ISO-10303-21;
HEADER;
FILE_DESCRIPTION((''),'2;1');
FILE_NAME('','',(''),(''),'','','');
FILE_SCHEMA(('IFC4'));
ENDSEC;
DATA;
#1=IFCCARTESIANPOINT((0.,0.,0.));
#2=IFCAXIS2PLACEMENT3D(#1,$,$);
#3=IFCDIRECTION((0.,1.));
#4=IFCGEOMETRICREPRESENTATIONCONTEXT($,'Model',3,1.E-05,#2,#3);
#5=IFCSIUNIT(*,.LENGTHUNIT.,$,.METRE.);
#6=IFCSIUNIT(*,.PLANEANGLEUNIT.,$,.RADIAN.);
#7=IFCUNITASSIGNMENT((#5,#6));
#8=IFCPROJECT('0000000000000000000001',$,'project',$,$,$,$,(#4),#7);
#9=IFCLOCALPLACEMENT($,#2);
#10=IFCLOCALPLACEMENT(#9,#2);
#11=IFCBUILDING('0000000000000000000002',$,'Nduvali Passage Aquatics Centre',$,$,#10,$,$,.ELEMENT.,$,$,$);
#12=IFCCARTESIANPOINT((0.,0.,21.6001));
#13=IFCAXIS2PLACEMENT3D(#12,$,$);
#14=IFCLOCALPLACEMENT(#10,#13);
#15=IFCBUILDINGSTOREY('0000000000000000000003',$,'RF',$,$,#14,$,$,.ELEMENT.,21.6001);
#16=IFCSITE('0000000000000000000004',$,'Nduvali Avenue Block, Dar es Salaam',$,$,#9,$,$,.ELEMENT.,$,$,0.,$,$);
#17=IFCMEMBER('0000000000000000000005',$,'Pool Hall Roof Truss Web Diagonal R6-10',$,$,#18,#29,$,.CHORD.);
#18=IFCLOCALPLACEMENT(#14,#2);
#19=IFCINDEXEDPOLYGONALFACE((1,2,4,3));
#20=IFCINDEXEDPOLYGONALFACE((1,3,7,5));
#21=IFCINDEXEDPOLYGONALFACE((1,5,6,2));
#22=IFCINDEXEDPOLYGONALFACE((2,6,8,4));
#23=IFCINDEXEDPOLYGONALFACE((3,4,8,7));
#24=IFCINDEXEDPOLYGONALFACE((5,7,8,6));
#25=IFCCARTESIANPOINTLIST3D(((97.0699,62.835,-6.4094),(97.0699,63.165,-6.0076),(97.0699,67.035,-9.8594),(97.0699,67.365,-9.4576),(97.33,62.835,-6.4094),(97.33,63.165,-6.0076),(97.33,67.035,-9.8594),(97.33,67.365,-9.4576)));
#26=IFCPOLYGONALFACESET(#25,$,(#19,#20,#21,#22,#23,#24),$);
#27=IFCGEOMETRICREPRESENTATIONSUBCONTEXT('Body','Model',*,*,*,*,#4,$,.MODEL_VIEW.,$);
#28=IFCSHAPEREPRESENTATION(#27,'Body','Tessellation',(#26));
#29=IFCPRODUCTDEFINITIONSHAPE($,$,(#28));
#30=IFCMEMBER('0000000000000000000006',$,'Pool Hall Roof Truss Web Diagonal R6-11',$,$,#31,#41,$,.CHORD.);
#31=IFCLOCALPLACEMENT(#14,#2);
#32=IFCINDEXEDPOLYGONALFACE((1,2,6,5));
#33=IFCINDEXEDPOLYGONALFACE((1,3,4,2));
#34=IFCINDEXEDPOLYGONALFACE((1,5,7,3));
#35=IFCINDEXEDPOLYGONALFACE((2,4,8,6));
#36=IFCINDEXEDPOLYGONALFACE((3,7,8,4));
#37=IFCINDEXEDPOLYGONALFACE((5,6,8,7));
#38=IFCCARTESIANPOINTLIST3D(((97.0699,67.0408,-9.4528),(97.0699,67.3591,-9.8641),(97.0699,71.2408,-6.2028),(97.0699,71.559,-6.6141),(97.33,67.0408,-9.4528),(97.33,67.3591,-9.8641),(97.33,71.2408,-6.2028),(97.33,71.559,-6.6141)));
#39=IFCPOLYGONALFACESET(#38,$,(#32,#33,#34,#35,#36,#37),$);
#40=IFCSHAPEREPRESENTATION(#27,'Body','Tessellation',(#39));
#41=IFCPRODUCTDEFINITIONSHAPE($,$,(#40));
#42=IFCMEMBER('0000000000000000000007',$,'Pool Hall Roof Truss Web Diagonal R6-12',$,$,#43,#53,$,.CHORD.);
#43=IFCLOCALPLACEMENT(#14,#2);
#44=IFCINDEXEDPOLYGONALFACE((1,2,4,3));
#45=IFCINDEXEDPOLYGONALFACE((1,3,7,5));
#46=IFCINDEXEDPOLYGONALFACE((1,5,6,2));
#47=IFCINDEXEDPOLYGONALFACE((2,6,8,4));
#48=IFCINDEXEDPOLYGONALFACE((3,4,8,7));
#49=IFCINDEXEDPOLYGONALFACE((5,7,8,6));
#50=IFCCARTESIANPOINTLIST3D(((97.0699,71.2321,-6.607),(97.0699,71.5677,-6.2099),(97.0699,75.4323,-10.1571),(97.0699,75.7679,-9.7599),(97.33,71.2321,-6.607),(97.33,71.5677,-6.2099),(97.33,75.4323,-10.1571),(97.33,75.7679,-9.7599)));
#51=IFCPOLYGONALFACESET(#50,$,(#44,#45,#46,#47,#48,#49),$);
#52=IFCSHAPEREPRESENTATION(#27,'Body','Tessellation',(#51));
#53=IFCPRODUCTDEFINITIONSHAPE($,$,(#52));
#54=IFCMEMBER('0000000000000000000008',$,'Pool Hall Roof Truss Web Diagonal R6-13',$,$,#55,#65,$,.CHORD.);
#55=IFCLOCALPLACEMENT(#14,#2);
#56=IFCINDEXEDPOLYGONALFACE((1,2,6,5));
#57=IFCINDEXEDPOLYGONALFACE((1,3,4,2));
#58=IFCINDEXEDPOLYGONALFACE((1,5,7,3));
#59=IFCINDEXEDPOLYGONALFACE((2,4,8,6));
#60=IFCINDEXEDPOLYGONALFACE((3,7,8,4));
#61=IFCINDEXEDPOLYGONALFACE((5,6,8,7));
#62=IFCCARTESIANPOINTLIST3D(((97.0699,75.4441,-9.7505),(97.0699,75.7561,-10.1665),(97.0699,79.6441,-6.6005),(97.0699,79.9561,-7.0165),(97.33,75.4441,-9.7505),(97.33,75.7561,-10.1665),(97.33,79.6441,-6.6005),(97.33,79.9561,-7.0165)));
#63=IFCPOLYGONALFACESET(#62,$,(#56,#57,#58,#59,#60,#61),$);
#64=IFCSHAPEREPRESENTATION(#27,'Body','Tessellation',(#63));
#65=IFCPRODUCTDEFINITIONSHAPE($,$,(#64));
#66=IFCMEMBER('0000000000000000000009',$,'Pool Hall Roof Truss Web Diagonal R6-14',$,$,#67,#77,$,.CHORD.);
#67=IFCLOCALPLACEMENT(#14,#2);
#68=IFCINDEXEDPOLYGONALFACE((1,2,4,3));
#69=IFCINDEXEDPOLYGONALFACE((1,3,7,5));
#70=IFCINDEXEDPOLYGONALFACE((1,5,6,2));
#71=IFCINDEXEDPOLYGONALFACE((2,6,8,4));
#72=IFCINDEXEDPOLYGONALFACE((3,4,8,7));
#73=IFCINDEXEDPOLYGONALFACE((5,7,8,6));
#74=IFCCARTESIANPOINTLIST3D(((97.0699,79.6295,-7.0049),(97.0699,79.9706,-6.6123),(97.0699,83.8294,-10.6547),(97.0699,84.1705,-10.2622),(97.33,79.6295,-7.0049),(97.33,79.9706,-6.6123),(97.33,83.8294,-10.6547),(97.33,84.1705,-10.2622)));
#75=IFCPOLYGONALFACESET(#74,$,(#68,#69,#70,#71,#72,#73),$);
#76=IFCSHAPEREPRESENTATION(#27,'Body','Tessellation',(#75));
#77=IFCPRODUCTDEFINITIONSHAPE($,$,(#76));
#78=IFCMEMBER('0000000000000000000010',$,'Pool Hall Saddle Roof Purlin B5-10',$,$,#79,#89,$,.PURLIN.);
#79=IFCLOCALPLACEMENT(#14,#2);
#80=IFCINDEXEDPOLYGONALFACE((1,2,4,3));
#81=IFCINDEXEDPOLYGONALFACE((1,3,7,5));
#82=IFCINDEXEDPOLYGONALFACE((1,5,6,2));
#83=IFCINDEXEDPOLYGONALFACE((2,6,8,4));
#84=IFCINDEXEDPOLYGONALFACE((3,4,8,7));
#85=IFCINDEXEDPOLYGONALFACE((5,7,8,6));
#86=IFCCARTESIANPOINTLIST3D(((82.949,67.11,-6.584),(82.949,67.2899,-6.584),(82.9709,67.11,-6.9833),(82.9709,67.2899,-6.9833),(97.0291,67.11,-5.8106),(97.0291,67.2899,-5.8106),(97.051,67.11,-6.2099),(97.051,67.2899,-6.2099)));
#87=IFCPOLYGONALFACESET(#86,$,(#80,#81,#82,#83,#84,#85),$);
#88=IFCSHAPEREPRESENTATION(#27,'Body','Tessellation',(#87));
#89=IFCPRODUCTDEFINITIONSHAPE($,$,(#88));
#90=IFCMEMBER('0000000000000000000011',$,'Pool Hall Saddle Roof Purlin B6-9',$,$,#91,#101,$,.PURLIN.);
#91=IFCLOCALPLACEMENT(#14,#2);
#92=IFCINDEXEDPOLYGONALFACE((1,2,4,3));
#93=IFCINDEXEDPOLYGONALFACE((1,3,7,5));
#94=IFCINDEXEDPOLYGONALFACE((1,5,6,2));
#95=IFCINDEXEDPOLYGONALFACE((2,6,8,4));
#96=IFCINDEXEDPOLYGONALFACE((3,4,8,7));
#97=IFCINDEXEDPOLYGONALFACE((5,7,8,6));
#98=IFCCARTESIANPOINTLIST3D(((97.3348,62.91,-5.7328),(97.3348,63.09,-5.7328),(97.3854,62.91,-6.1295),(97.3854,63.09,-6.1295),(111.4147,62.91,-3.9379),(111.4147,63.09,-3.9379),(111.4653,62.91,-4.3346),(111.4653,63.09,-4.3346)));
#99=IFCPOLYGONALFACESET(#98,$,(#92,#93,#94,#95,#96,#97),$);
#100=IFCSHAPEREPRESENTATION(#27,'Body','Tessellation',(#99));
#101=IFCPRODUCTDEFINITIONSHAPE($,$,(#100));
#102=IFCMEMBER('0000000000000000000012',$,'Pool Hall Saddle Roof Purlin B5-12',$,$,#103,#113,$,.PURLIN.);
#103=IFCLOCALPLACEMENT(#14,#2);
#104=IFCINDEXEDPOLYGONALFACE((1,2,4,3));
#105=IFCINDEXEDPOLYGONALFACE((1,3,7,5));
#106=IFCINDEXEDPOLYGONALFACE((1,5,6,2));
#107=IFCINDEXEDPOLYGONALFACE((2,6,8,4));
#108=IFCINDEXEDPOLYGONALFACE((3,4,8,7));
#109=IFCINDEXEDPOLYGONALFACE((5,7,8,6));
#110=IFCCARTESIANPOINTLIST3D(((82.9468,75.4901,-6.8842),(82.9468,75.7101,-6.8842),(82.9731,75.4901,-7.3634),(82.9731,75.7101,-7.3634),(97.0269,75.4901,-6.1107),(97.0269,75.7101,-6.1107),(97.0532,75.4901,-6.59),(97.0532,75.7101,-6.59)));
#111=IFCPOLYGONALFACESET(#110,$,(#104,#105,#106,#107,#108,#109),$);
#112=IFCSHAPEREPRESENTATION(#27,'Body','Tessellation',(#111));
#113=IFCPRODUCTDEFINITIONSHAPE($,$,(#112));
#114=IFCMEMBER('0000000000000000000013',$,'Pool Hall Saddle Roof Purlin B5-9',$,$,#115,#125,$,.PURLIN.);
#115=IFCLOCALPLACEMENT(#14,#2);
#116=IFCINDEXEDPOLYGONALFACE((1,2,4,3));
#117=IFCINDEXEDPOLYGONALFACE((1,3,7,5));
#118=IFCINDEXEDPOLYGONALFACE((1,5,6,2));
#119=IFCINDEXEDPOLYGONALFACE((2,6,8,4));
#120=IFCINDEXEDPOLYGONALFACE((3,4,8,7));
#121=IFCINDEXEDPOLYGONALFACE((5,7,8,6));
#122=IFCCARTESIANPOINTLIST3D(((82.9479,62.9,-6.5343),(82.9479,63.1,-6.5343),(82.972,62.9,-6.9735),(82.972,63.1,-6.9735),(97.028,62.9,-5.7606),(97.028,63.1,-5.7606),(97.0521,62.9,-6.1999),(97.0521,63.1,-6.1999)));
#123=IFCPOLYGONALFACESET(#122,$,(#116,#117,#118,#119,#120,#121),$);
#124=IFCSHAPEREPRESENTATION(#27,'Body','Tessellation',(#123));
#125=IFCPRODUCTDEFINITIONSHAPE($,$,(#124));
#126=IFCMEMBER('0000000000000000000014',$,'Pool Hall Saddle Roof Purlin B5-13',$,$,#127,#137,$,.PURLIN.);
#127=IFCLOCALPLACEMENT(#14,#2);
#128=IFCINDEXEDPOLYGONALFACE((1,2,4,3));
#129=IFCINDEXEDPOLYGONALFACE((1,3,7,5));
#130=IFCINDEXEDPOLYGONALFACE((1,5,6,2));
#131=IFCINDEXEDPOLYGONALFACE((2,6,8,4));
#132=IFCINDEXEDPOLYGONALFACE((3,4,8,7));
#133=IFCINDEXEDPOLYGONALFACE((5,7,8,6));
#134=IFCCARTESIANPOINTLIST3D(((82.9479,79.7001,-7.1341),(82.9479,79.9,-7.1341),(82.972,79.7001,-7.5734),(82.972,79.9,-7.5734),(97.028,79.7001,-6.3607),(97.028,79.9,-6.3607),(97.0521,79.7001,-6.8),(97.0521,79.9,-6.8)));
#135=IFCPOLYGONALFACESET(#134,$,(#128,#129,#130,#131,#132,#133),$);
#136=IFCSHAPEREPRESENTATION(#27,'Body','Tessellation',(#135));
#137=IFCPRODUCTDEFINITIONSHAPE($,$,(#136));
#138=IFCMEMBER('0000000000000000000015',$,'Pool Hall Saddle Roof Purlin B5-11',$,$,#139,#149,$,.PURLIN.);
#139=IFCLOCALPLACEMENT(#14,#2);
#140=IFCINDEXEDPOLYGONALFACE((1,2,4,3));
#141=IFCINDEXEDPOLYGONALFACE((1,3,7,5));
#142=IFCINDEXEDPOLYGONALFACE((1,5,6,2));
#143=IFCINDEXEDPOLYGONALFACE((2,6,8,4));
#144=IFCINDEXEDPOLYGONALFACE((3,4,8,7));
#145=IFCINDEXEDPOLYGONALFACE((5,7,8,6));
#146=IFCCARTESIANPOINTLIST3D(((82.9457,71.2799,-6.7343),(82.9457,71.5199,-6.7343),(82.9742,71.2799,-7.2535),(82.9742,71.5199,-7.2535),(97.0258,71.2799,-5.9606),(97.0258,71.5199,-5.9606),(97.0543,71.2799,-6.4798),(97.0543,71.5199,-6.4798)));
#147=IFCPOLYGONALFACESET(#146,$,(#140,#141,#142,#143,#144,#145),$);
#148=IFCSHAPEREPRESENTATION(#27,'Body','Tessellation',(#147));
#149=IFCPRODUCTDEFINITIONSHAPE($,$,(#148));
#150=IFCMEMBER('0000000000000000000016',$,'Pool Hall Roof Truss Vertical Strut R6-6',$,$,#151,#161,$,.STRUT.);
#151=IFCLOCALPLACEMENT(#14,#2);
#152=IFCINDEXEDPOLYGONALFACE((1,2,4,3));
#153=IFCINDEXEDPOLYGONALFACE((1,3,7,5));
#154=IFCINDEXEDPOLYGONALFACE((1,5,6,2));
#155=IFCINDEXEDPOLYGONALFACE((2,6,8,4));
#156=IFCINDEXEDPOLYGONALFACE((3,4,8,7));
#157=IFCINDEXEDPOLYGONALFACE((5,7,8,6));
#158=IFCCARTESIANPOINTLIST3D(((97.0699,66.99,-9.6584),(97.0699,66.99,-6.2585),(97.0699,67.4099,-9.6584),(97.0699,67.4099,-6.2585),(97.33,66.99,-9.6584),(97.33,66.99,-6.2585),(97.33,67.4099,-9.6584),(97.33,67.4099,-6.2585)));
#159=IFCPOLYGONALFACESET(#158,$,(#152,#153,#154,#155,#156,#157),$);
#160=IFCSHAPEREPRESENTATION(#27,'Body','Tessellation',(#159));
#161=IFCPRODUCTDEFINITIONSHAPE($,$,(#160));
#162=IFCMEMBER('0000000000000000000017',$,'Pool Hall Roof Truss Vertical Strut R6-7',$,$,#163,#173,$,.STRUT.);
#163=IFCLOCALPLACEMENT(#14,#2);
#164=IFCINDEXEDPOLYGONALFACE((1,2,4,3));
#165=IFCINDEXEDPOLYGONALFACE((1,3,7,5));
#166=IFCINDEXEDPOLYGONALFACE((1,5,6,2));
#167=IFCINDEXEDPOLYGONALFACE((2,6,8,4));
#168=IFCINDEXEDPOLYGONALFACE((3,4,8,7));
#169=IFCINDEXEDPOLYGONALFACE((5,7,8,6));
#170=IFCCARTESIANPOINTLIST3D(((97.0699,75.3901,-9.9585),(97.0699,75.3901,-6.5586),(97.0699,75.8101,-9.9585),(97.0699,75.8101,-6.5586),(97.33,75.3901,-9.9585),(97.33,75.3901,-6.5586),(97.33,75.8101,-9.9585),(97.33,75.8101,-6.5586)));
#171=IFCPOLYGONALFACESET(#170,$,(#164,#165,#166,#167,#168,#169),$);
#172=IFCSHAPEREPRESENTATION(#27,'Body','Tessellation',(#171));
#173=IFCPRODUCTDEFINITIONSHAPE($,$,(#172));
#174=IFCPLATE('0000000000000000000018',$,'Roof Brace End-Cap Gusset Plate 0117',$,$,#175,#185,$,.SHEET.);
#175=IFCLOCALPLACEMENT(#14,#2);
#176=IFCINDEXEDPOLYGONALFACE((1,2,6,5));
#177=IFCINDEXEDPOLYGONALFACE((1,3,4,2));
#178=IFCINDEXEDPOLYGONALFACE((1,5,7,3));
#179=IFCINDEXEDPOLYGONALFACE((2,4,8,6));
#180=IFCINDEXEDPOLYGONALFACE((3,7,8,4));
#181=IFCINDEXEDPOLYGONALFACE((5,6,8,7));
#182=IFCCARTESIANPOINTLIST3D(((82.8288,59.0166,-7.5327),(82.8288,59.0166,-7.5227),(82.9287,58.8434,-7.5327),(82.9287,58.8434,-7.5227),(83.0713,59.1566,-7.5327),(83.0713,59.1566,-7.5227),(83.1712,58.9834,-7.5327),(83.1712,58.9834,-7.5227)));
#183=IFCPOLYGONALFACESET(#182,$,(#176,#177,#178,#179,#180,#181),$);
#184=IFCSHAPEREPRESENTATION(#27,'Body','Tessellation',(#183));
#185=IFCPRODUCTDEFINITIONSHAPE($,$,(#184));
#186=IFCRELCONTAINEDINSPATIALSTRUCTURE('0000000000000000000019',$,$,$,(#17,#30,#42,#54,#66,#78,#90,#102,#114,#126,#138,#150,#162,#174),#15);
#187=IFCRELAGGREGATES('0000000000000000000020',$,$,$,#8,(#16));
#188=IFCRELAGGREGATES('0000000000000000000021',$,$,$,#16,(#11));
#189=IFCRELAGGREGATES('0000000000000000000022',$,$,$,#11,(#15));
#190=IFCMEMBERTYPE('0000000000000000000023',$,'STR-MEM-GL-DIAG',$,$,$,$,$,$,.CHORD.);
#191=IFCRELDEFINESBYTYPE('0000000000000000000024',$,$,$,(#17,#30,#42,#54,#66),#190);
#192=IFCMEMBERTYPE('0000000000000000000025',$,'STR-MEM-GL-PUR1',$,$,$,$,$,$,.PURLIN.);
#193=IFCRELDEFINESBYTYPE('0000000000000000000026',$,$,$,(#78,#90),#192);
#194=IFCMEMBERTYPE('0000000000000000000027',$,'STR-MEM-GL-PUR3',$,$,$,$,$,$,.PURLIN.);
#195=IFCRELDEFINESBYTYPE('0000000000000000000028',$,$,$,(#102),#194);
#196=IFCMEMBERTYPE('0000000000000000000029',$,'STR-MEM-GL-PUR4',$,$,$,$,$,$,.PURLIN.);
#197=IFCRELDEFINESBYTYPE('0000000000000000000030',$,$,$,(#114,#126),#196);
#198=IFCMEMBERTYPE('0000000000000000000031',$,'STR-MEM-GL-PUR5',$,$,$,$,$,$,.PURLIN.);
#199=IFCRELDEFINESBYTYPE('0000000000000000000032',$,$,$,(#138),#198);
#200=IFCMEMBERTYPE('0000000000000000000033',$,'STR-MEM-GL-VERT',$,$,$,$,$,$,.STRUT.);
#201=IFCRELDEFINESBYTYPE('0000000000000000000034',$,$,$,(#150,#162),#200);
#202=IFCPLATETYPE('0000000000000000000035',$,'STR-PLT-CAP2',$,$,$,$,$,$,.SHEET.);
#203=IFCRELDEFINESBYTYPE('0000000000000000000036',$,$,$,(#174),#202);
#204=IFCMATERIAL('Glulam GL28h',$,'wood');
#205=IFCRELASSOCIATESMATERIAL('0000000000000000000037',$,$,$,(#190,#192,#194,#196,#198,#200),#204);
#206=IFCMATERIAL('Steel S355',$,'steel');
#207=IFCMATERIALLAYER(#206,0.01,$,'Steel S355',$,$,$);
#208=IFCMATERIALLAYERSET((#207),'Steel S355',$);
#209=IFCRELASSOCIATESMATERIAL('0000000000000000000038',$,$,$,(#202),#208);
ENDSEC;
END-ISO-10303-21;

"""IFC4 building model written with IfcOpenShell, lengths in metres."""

from ifc_helpers import new_model, si_unit, direction, frame, origin, origin_2d, place, context, subcontext, project, spatial, rectangle, extrude, material, layer, layer_set, material_profile, profile_set, type_object, element, save


model = new_model("IFC4")

# Units and contexts
model_context = context("Model", 3, precision=1e-05, world=origin(), true_north=direction((0.0, 1.0)))
body_context = subcontext(model_context, "Body", "Model", "MODEL_VIEW")
ifc_project = project(units=[si_unit("LENGTHUNIT", "METRE"), si_unit("PLANEANGLEUNIT", "RADIAN")], contexts=[model_context])

# Site, building, storey
site_placement = place(None, origin())
site = spatial("IfcSite", under=ifc_project, at=site_placement, Name="Nduvali Avenue Block, Dar es Salaam", CompositionType="ELEMENT", RefElevation=0.0)
building_placement = place(site_placement, origin())
building = spatial("IfcBuilding", under=site, at=building_placement, Name="Nduvali Passage Aquatics Centre", CompositionType="ELEMENT")
storey_placement = place(building_placement, frame((0.0, 0.0, 21.6001)))
storey = spatial("IfcBuildingStorey", under=building, at=storey_placement, Name="RF", CompositionType="ELEMENT", Elevation=21.6001)

# Members
ifc_material_1 = material(Name="Steel S355", Category="steel")
ifc_material_2 = material(Name="Glulam GL28h", Category="wood")
ifc_material_profile_1 = material_profile(ifc_material_2, rectangle(XDim=0.26, YDim=0.52, at=origin_2d()), Name="GL28h 260x520")
ifc_profile_set_1 = profile_set([ifc_material_profile_1], Name="Glulam GL28h")
member_type_1 = type_object("IfcMemberType", Name="STR-MEM-GL-DIAG", PredefinedType="CHORD", material=ifc_profile_set_1)
member_1_placement = place(storey_placement, frame((97.2, 63.0, -6.2085), z_axis=(0.0, 0.772727, -0.634738), x_axis=(-1.0, 0.0, 0.0)))
element("IfcMember", 1, at=member_1_placement, inside=storey, type_object=member_type_1, Name="Pool Hall Roof Truss Web Diagonal R6-10", PredefinedType="CHORD", context=body_context, shape_type="SweptSolid", body=[
    extrude(rectangle(XDim=0.26, YDim=0.52, at=origin_2d()), origin(), (0.0, 0.0, 1.0), 5.4353),
])
member_2_placement = place(storey_placement, frame((97.2, 67.2, -9.6584), z_axis=(0.0, 0.790867, 0.611988), x_axis=(-1.0, 0.0, 0.0)))
element("IfcMember", 2, at=member_2_placement, inside=storey, type_object=member_type_1, Name="Pool Hall Roof Truss Web Diagonal R6-11", PredefinedType="CHORD", context=body_context, shape_type="SweptSolid", body=[
    extrude(rectangle(XDim=0.26, YDim=0.52, at=origin_2d()), origin(), (0.0, 0.0, 1.0), 5.3105),
])
member_3_placement = place(storey_placement, frame((97.2, 71.3999, -6.4084), z_axis=(0.0, 0.763741, -0.645522), x_axis=(-1.0, 0.0, 0.0)))
element("IfcMember", 3, at=member_3_placement, inside=storey, type_object=member_type_1, Name="Pool Hall Roof Truss Web Diagonal R6-12", PredefinedType="CHORD", context=body_context, shape_type="SweptSolid", body=[
    extrude(rectangle(XDim=0.26, YDim=0.52, at=origin_2d()), origin(), (0.0, 0.0, 1.0), 5.4995),
])
member_4_placement = place(storey_placement, frame((97.2, 75.6001, -9.9585), z_axis=(0.0, 0.800006, 0.599993), x_axis=(-1.0, 0.0, 0.0)))
element("IfcMember", 4, at=member_4_placement, inside=storey, type_object=member_type_1, Name="Pool Hall Roof Truss Web Diagonal R6-13", PredefinedType="CHORD", context=body_context, shape_type="SweptSolid", body=[
    extrude(rectangle(XDim=0.26, YDim=0.52, at=origin_2d()), origin(), (0.0, 0.0, 1.0), 5.25),
])
member_5_placement = place(storey_placement, frame((97.2, 79.8, -6.8086), z_axis=(0.0, 0.754804, -0.655951), x_axis=(-1.0, 0.0, 0.0)))
element("IfcMember", 5, at=member_5_placement, inside=storey, type_object=member_type_1, Name="Pool Hall Roof Truss Web Diagonal R6-14", PredefinedType="CHORD", context=body_context, shape_type="SweptSolid", body=[
    extrude(rectangle(XDim=0.26, YDim=0.52, at=origin_2d()), origin(), (0.0, 0.0, 1.0), 5.5642),
])
ifc_material_profile_2 = material_profile(ifc_material_2, rectangle(XDim=0.1799, YDim=0.3999, at=origin_2d()), Name="GL28h 180x400")
ifc_profile_set_2 = profile_set([ifc_material_profile_2], Name="Glulam GL28h")
member_type_2 = type_object("IfcMemberType", Name="STR-MEM-GL-PUR1", PredefinedType="PURLIN", material=ifc_profile_set_2)
member_6_placement = place(storey_placement, frame((82.96, 67.2, -6.7837), z_axis=(0.998495, 0.0, 0.054849), x_axis=(0.0, 1.0, 0.0)))
element("IfcMember", 6, at=member_6_placement, inside=storey, type_object=member_type_2, Name="Pool Hall Saddle Roof Purlin B5-10", PredefinedType="PURLIN", context=body_context, shape_type="SweptSolid", body=[
    extrude(rectangle(XDim=0.1799, YDim=0.3999, at=origin_2d()), origin(), (0.0, 0.0, 1.0), 14.1013),
])
member_7_placement = place(storey_placement, frame((97.3601, 63.0, -5.9312), z_axis=(0.991972, 0.0, 0.126458), x_axis=(0.0, 1.0, 0.0)))
element("IfcMember", 7, at=member_7_placement, inside=storey, type_object=member_type_2, Name="Pool Hall Saddle Roof Purlin B6-9", PredefinedType="PURLIN", context=body_context, shape_type="SweptSolid", body=[
    extrude(rectangle(XDim=0.1799, YDim=0.3999, at=origin_2d()), origin(), (0.0, 0.0, 1.0), 14.1938),
])
ifc_material_profile_3 = material_profile(ifc_material_2, rectangle(XDim=0.22, YDim=0.48, at=origin_2d()), Name="GL28h 220x480")
ifc_profile_set_3 = profile_set([ifc_material_profile_3], Name="Glulam GL28h")
member_type_3 = type_object("IfcMemberType", Name="STR-MEM-GL-PUR3", PredefinedType="PURLIN", material=ifc_profile_set_3)
member_8_placement = place(storey_placement, frame((82.96, 75.6001, -7.1238), z_axis=(0.998495, 0.0, 0.054849), x_axis=(0.0, 1.0, 0.0)))
element("IfcMember", 8, at=member_8_placement, inside=storey, type_object=member_type_3, Name="Pool Hall Saddle Roof Purlin B5-12", PredefinedType="PURLIN", context=body_context, shape_type="SweptSolid", body=[
    extrude(rectangle(XDim=0.22, YDim=0.48, at=origin_2d()), origin(), (0.0, 0.0, 1.0), 14.1013),
])
ifc_material_profile_4 = material_profile(ifc_material_2, rectangle(XDim=0.2, YDim=0.4399, at=origin_2d()), Name="GL28h 200x440")
ifc_profile_set_4 = profile_set([ifc_material_profile_4], Name="Glulam GL28h")
member_type_4 = type_object("IfcMemberType", Name="STR-MEM-GL-PUR4", PredefinedType="PURLIN", material=ifc_profile_set_4)
for number, where, z_axis, x_axis, name in (
    (9, (82.96, 63.0, -6.7539), (0.998494, 0.0, 0.054866), (0.0, 1.0, 0.0), "Pool Hall Saddle Roof Purlin B5-9"),
    (10, (82.96, 79.8, -7.3538), (0.998495, 0.0, 0.054849), (0.0, 1.0, 0.0), "Pool Hall Saddle Roof Purlin B5-13"),
):
    element("IfcMember", number, at=place(storey_placement, frame(where, z_axis=z_axis, x_axis=x_axis)), inside=storey, type_object=member_type_4, Name=name, PredefinedType="PURLIN", context=body_context, shape_type="SweptSolid", body=[
        extrude(rectangle(XDim=0.2, YDim=0.4399, at=origin_2d()), origin(), (0.0, 0.0, 1.0), 14.1013),
    ])
ifc_material_profile_5 = material_profile(ifc_material_2, rectangle(XDim=0.24, YDim=0.52, at=origin_2d()), Name="GL28h 240x520")
ifc_profile_set_5 = profile_set([ifc_material_profile_5], Name="Glulam GL28h")
member_type_5 = type_object("IfcMemberType", Name="STR-MEM-GL-PUR5", PredefinedType="PURLIN", material=ifc_profile_set_5)
member_9_placement = place(storey_placement, frame((82.96, 71.3999, -6.9939), z_axis=(0.998494, 0.0, 0.054866), x_axis=(0.0, 1.0, 0.0)))
element("IfcMember", 11, at=member_9_placement, inside=storey, type_object=member_type_5, Name="Pool Hall Saddle Roof Purlin B5-11", PredefinedType="PURLIN", context=body_context, shape_type="SweptSolid", body=[
    extrude(rectangle(XDim=0.24, YDim=0.52, at=origin_2d()), origin(), (0.0, 0.0, 1.0), 14.1013),
])
ifc_material_profile_6 = material_profile(ifc_material_2, rectangle(XDim=0.26, YDim=0.4199, at=origin_2d()), Name="GL28h 260x420")
ifc_profile_set_6 = profile_set([ifc_material_profile_6], Name="Glulam GL28h")
member_type_6 = type_object("IfcMemberType", Name="STR-MEM-GL-VERT", PredefinedType="STRUT", material=ifc_profile_set_6)
for number, where, z_axis, x_axis, name in (
    (12, (97.2, 67.2, -9.6584), (0.0, 0.0, 1.0), (1.0, 0.0, 0.0), "Pool Hall Roof Truss Vertical Strut R6-6"),
    (13, (97.2, 75.6001, -9.9585), (0.0, 0.0, 1.0), (1.0, 0.0, 0.0), "Pool Hall Roof Truss Vertical Strut R6-7"),
):
    element("IfcMember", number, at=place(storey_placement, frame(where, z_axis=z_axis, x_axis=x_axis)), inside=storey, type_object=member_type_6, Name=name, PredefinedType="STRUT", context=body_context, shape_type="SweptSolid", body=[
        extrude(rectangle(XDim=0.26, YDim=0.4199, at=origin_2d()), origin(), (0.0, 0.0, 1.0), 3.3999),
    ])

# Plate
ifc_layer_1 = layer(ifc_material_1, 0.01, Name="Steel S355")
ifc_layer_set_1 = layer_set([ifc_layer_1], Name="Steel S355")
plate_type_1 = type_object("IfcPlateType", Name="STR-PLT-CAP2", PredefinedType="SHEET", material=ifc_layer_set_1)
for number, where, z_axis, x_axis, name in (
    (14, (83.0, 59.0, -7.5327), (0.0, 0.0, 1.0), (0.866025, 0.5, 0.0), "Roof Brace End-Cap Gusset Plate 0117"),
):
    element("IfcPlate", number, at=place(storey_placement, frame(where, z_axis=z_axis, x_axis=x_axis)), inside=storey, type_object=plate_type_1, Name=name, PredefinedType="SHEET", context=body_context, shape_type="SweptSolid", body=[
        extrude(rectangle(XDim=0.28, YDim=0.2, at=origin_2d()), origin(), (0.0, 0.0, 1.0), 0.01),
    ])

save(model, "model.ifc")
